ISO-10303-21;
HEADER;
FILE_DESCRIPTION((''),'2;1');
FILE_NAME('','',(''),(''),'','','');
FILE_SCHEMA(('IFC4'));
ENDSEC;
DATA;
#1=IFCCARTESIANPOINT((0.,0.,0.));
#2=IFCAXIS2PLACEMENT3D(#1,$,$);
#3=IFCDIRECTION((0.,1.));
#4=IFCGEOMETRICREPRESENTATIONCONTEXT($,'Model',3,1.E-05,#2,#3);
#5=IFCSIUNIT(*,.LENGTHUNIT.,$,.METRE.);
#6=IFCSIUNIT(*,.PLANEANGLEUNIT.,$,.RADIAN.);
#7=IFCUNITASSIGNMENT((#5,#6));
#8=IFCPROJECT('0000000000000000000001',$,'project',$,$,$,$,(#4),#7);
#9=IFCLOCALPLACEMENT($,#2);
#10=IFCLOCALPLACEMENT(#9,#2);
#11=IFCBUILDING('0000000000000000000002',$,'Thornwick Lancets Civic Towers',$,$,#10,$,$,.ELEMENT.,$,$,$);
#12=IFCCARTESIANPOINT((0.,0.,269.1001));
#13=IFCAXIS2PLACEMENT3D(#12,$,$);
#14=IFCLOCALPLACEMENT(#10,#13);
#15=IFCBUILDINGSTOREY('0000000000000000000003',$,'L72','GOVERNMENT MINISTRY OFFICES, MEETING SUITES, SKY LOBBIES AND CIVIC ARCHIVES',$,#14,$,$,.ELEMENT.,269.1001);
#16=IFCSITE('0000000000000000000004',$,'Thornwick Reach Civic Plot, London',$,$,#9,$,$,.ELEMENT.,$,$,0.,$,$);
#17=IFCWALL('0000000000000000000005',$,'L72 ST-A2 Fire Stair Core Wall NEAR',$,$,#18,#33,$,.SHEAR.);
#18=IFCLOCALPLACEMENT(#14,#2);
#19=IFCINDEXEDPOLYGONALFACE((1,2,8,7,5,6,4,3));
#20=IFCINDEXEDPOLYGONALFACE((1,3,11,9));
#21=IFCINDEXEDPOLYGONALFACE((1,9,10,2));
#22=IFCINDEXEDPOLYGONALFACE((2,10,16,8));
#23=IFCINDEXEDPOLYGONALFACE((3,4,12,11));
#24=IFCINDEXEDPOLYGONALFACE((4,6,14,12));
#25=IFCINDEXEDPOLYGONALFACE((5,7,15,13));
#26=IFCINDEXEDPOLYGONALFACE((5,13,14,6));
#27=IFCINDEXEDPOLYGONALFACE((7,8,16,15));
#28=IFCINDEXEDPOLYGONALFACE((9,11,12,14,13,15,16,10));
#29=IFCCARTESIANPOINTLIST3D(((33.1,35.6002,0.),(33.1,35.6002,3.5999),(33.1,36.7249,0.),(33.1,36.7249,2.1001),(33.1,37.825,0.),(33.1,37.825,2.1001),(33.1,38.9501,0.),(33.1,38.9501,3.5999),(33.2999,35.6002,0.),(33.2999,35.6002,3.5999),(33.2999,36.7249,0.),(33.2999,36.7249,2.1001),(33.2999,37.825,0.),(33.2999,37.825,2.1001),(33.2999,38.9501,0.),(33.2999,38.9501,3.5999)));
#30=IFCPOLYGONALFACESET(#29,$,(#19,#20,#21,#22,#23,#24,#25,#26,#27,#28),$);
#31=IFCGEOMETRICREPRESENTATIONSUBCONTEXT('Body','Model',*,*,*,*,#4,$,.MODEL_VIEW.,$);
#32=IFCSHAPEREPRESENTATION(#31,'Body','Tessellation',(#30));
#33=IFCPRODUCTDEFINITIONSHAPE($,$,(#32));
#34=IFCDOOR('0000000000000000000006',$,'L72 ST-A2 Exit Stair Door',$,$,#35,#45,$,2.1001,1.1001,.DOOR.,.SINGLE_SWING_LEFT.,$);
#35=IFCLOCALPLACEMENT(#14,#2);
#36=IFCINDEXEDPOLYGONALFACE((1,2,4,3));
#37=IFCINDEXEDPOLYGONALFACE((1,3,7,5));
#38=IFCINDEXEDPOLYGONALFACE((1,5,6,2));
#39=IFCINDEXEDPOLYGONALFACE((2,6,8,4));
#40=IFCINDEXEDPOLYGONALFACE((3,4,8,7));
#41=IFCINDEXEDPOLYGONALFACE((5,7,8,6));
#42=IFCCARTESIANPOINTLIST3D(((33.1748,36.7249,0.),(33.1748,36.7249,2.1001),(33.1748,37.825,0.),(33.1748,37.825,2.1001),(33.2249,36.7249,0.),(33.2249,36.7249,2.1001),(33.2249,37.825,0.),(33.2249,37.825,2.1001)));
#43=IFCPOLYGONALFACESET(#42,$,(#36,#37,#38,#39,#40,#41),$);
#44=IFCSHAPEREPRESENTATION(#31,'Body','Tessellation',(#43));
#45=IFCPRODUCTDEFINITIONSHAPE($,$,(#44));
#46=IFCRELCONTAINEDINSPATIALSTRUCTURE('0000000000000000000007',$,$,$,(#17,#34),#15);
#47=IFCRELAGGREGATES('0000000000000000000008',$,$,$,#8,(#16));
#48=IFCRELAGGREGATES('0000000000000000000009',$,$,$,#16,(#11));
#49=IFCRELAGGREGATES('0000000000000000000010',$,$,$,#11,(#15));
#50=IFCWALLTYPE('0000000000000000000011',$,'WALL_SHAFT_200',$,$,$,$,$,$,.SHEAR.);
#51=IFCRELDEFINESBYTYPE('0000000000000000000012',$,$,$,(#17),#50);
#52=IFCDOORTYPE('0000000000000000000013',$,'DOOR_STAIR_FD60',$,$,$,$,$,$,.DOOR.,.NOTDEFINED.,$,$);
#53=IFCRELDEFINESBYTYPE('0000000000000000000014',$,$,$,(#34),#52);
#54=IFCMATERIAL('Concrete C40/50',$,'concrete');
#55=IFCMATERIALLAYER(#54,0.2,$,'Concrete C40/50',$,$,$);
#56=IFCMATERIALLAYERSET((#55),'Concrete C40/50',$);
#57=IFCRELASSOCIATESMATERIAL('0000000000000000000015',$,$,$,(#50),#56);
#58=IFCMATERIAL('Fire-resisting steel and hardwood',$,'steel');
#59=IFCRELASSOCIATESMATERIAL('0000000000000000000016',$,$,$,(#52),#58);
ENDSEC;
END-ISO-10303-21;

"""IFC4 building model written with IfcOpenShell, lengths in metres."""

from ifc_helpers import new_model, si_unit, direction, frame, frame_2d, origin, place, context, subcontext, project, spatial, rectangle, extrude, material, layer, layer_set, type_object, element, fill, save


model = new_model("IFC4")

# Units and contexts
model_context = context("Model", 3, precision=1e-05, world=origin(), true_north=direction((0.0, 1.0)))
body_context = subcontext(model_context, "Body", "Model", "MODEL_VIEW")
ifc_project = project(units=[si_unit("LENGTHUNIT", "METRE"), si_unit("PLANEANGLEUNIT", "RADIAN")], contexts=[model_context])

# Site, building, storey
site_placement = place(None, origin())
site = spatial("IfcSite", under=ifc_project, at=site_placement, Name="Thornwick Reach Civic Plot, London", CompositionType="ELEMENT", RefElevation=0.0)
building_placement = place(site_placement, origin())
building = spatial("IfcBuilding", under=site, at=building_placement, Name="Thornwick Lancets Civic Towers", CompositionType="ELEMENT")
storey_placement = place(building_placement, frame((0.0, 0.0, 269.1001)))
storey = spatial("IfcBuildingStorey", under=building, at=storey_placement, Name="L72", Description="GOVERNMENT MINISTRY OFFICES, MEETING SUITES, SKY LOBBIES AND CIVIC ARCHIVES", CompositionType="ELEMENT", Elevation=269.1001)

# Wall, opening, door
ifc_material_1 = material(Name="Concrete C40/50", Category="concrete")
ifc_layer_1 = layer(ifc_material_1, 0.2, Name="Concrete C40/50")
ifc_layer_set_1 = layer_set([ifc_layer_1], Name="Concrete C40/50")
wall_type_1 = type_object("IfcWallType", Name="WALL_SHAFT_200", PredefinedType="SHEAR", material=ifc_layer_set_1)
wall_1_placement = place(storey_placement, frame((33.2, 38.95, 0.0), z_axis=(0.0, 0.0, 1.0), x_axis=(0.0, -1.0, 0.0)))
wall_1 = element("IfcWall", 1, at=wall_1_placement, inside=storey, type_object=wall_type_1, Name="L72 ST-A2 Fire Stair Core Wall NEAR", PredefinedType="SHEAR", context=body_context, shape_type="SweptSolid", body=[
    extrude(rectangle(XDim=3.3499, YDim=0.2, at=frame_2d((1.6748, 0.0))), origin(), (0.0, 0.0, 1.0), 3.5999),
])
opening_1_placement = place(wall_1_placement, frame((1.125, 0.0, 0.0)))
opening_1 = element("IfcOpeningElement", 2, at=opening_1_placement, cuts=wall_1, PredefinedType="OPENING", context=body_context, shape_type="SweptSolid", body=[
    extrude(rectangle(XDim=1.1001, YDim=2.1001, at=frame_2d((0.55, 1.05))), frame((0.0, 0.1099, 0.0), z_axis=(0.0, -1.0, 0.0), x_axis=(1.0, 0.0, 0.0)), (0.0, 0.0, 1.0), 0.22),
])
ifc_material_2 = material(Name="Fire-resisting steel and hardwood", Category="steel")
door_type = type_object("IfcDoorType", Name="DOOR_STAIR_FD60", OperationType="NOTDEFINED", PredefinedType="DOOR", material=ifc_material_2)
door_placement = place(opening_1_placement, origin())
door = element("IfcDoor", 3, at=door_placement, inside=storey, type_object=door_type, Name="L72 ST-A2 Exit Stair Door", OperationType="SINGLE_SWING_LEFT", OverallHeight=2.1001, OverallWidth=1.1001, PredefinedType="DOOR", context=body_context, shape_type="SweptSolid", body=[
    extrude(rectangle(XDim=1.1001, YDim=2.1001, at=frame_2d((0.55, 1.05))), frame((0.0, 0.0249, 0.0), z_axis=(0.0, -1.0, 0.0), x_axis=(1.0, 0.0, 0.0)), (0.0, 0.0, 1.0), 0.05),
])
fill(opening_1, door)

save(model, "model.ifc")
